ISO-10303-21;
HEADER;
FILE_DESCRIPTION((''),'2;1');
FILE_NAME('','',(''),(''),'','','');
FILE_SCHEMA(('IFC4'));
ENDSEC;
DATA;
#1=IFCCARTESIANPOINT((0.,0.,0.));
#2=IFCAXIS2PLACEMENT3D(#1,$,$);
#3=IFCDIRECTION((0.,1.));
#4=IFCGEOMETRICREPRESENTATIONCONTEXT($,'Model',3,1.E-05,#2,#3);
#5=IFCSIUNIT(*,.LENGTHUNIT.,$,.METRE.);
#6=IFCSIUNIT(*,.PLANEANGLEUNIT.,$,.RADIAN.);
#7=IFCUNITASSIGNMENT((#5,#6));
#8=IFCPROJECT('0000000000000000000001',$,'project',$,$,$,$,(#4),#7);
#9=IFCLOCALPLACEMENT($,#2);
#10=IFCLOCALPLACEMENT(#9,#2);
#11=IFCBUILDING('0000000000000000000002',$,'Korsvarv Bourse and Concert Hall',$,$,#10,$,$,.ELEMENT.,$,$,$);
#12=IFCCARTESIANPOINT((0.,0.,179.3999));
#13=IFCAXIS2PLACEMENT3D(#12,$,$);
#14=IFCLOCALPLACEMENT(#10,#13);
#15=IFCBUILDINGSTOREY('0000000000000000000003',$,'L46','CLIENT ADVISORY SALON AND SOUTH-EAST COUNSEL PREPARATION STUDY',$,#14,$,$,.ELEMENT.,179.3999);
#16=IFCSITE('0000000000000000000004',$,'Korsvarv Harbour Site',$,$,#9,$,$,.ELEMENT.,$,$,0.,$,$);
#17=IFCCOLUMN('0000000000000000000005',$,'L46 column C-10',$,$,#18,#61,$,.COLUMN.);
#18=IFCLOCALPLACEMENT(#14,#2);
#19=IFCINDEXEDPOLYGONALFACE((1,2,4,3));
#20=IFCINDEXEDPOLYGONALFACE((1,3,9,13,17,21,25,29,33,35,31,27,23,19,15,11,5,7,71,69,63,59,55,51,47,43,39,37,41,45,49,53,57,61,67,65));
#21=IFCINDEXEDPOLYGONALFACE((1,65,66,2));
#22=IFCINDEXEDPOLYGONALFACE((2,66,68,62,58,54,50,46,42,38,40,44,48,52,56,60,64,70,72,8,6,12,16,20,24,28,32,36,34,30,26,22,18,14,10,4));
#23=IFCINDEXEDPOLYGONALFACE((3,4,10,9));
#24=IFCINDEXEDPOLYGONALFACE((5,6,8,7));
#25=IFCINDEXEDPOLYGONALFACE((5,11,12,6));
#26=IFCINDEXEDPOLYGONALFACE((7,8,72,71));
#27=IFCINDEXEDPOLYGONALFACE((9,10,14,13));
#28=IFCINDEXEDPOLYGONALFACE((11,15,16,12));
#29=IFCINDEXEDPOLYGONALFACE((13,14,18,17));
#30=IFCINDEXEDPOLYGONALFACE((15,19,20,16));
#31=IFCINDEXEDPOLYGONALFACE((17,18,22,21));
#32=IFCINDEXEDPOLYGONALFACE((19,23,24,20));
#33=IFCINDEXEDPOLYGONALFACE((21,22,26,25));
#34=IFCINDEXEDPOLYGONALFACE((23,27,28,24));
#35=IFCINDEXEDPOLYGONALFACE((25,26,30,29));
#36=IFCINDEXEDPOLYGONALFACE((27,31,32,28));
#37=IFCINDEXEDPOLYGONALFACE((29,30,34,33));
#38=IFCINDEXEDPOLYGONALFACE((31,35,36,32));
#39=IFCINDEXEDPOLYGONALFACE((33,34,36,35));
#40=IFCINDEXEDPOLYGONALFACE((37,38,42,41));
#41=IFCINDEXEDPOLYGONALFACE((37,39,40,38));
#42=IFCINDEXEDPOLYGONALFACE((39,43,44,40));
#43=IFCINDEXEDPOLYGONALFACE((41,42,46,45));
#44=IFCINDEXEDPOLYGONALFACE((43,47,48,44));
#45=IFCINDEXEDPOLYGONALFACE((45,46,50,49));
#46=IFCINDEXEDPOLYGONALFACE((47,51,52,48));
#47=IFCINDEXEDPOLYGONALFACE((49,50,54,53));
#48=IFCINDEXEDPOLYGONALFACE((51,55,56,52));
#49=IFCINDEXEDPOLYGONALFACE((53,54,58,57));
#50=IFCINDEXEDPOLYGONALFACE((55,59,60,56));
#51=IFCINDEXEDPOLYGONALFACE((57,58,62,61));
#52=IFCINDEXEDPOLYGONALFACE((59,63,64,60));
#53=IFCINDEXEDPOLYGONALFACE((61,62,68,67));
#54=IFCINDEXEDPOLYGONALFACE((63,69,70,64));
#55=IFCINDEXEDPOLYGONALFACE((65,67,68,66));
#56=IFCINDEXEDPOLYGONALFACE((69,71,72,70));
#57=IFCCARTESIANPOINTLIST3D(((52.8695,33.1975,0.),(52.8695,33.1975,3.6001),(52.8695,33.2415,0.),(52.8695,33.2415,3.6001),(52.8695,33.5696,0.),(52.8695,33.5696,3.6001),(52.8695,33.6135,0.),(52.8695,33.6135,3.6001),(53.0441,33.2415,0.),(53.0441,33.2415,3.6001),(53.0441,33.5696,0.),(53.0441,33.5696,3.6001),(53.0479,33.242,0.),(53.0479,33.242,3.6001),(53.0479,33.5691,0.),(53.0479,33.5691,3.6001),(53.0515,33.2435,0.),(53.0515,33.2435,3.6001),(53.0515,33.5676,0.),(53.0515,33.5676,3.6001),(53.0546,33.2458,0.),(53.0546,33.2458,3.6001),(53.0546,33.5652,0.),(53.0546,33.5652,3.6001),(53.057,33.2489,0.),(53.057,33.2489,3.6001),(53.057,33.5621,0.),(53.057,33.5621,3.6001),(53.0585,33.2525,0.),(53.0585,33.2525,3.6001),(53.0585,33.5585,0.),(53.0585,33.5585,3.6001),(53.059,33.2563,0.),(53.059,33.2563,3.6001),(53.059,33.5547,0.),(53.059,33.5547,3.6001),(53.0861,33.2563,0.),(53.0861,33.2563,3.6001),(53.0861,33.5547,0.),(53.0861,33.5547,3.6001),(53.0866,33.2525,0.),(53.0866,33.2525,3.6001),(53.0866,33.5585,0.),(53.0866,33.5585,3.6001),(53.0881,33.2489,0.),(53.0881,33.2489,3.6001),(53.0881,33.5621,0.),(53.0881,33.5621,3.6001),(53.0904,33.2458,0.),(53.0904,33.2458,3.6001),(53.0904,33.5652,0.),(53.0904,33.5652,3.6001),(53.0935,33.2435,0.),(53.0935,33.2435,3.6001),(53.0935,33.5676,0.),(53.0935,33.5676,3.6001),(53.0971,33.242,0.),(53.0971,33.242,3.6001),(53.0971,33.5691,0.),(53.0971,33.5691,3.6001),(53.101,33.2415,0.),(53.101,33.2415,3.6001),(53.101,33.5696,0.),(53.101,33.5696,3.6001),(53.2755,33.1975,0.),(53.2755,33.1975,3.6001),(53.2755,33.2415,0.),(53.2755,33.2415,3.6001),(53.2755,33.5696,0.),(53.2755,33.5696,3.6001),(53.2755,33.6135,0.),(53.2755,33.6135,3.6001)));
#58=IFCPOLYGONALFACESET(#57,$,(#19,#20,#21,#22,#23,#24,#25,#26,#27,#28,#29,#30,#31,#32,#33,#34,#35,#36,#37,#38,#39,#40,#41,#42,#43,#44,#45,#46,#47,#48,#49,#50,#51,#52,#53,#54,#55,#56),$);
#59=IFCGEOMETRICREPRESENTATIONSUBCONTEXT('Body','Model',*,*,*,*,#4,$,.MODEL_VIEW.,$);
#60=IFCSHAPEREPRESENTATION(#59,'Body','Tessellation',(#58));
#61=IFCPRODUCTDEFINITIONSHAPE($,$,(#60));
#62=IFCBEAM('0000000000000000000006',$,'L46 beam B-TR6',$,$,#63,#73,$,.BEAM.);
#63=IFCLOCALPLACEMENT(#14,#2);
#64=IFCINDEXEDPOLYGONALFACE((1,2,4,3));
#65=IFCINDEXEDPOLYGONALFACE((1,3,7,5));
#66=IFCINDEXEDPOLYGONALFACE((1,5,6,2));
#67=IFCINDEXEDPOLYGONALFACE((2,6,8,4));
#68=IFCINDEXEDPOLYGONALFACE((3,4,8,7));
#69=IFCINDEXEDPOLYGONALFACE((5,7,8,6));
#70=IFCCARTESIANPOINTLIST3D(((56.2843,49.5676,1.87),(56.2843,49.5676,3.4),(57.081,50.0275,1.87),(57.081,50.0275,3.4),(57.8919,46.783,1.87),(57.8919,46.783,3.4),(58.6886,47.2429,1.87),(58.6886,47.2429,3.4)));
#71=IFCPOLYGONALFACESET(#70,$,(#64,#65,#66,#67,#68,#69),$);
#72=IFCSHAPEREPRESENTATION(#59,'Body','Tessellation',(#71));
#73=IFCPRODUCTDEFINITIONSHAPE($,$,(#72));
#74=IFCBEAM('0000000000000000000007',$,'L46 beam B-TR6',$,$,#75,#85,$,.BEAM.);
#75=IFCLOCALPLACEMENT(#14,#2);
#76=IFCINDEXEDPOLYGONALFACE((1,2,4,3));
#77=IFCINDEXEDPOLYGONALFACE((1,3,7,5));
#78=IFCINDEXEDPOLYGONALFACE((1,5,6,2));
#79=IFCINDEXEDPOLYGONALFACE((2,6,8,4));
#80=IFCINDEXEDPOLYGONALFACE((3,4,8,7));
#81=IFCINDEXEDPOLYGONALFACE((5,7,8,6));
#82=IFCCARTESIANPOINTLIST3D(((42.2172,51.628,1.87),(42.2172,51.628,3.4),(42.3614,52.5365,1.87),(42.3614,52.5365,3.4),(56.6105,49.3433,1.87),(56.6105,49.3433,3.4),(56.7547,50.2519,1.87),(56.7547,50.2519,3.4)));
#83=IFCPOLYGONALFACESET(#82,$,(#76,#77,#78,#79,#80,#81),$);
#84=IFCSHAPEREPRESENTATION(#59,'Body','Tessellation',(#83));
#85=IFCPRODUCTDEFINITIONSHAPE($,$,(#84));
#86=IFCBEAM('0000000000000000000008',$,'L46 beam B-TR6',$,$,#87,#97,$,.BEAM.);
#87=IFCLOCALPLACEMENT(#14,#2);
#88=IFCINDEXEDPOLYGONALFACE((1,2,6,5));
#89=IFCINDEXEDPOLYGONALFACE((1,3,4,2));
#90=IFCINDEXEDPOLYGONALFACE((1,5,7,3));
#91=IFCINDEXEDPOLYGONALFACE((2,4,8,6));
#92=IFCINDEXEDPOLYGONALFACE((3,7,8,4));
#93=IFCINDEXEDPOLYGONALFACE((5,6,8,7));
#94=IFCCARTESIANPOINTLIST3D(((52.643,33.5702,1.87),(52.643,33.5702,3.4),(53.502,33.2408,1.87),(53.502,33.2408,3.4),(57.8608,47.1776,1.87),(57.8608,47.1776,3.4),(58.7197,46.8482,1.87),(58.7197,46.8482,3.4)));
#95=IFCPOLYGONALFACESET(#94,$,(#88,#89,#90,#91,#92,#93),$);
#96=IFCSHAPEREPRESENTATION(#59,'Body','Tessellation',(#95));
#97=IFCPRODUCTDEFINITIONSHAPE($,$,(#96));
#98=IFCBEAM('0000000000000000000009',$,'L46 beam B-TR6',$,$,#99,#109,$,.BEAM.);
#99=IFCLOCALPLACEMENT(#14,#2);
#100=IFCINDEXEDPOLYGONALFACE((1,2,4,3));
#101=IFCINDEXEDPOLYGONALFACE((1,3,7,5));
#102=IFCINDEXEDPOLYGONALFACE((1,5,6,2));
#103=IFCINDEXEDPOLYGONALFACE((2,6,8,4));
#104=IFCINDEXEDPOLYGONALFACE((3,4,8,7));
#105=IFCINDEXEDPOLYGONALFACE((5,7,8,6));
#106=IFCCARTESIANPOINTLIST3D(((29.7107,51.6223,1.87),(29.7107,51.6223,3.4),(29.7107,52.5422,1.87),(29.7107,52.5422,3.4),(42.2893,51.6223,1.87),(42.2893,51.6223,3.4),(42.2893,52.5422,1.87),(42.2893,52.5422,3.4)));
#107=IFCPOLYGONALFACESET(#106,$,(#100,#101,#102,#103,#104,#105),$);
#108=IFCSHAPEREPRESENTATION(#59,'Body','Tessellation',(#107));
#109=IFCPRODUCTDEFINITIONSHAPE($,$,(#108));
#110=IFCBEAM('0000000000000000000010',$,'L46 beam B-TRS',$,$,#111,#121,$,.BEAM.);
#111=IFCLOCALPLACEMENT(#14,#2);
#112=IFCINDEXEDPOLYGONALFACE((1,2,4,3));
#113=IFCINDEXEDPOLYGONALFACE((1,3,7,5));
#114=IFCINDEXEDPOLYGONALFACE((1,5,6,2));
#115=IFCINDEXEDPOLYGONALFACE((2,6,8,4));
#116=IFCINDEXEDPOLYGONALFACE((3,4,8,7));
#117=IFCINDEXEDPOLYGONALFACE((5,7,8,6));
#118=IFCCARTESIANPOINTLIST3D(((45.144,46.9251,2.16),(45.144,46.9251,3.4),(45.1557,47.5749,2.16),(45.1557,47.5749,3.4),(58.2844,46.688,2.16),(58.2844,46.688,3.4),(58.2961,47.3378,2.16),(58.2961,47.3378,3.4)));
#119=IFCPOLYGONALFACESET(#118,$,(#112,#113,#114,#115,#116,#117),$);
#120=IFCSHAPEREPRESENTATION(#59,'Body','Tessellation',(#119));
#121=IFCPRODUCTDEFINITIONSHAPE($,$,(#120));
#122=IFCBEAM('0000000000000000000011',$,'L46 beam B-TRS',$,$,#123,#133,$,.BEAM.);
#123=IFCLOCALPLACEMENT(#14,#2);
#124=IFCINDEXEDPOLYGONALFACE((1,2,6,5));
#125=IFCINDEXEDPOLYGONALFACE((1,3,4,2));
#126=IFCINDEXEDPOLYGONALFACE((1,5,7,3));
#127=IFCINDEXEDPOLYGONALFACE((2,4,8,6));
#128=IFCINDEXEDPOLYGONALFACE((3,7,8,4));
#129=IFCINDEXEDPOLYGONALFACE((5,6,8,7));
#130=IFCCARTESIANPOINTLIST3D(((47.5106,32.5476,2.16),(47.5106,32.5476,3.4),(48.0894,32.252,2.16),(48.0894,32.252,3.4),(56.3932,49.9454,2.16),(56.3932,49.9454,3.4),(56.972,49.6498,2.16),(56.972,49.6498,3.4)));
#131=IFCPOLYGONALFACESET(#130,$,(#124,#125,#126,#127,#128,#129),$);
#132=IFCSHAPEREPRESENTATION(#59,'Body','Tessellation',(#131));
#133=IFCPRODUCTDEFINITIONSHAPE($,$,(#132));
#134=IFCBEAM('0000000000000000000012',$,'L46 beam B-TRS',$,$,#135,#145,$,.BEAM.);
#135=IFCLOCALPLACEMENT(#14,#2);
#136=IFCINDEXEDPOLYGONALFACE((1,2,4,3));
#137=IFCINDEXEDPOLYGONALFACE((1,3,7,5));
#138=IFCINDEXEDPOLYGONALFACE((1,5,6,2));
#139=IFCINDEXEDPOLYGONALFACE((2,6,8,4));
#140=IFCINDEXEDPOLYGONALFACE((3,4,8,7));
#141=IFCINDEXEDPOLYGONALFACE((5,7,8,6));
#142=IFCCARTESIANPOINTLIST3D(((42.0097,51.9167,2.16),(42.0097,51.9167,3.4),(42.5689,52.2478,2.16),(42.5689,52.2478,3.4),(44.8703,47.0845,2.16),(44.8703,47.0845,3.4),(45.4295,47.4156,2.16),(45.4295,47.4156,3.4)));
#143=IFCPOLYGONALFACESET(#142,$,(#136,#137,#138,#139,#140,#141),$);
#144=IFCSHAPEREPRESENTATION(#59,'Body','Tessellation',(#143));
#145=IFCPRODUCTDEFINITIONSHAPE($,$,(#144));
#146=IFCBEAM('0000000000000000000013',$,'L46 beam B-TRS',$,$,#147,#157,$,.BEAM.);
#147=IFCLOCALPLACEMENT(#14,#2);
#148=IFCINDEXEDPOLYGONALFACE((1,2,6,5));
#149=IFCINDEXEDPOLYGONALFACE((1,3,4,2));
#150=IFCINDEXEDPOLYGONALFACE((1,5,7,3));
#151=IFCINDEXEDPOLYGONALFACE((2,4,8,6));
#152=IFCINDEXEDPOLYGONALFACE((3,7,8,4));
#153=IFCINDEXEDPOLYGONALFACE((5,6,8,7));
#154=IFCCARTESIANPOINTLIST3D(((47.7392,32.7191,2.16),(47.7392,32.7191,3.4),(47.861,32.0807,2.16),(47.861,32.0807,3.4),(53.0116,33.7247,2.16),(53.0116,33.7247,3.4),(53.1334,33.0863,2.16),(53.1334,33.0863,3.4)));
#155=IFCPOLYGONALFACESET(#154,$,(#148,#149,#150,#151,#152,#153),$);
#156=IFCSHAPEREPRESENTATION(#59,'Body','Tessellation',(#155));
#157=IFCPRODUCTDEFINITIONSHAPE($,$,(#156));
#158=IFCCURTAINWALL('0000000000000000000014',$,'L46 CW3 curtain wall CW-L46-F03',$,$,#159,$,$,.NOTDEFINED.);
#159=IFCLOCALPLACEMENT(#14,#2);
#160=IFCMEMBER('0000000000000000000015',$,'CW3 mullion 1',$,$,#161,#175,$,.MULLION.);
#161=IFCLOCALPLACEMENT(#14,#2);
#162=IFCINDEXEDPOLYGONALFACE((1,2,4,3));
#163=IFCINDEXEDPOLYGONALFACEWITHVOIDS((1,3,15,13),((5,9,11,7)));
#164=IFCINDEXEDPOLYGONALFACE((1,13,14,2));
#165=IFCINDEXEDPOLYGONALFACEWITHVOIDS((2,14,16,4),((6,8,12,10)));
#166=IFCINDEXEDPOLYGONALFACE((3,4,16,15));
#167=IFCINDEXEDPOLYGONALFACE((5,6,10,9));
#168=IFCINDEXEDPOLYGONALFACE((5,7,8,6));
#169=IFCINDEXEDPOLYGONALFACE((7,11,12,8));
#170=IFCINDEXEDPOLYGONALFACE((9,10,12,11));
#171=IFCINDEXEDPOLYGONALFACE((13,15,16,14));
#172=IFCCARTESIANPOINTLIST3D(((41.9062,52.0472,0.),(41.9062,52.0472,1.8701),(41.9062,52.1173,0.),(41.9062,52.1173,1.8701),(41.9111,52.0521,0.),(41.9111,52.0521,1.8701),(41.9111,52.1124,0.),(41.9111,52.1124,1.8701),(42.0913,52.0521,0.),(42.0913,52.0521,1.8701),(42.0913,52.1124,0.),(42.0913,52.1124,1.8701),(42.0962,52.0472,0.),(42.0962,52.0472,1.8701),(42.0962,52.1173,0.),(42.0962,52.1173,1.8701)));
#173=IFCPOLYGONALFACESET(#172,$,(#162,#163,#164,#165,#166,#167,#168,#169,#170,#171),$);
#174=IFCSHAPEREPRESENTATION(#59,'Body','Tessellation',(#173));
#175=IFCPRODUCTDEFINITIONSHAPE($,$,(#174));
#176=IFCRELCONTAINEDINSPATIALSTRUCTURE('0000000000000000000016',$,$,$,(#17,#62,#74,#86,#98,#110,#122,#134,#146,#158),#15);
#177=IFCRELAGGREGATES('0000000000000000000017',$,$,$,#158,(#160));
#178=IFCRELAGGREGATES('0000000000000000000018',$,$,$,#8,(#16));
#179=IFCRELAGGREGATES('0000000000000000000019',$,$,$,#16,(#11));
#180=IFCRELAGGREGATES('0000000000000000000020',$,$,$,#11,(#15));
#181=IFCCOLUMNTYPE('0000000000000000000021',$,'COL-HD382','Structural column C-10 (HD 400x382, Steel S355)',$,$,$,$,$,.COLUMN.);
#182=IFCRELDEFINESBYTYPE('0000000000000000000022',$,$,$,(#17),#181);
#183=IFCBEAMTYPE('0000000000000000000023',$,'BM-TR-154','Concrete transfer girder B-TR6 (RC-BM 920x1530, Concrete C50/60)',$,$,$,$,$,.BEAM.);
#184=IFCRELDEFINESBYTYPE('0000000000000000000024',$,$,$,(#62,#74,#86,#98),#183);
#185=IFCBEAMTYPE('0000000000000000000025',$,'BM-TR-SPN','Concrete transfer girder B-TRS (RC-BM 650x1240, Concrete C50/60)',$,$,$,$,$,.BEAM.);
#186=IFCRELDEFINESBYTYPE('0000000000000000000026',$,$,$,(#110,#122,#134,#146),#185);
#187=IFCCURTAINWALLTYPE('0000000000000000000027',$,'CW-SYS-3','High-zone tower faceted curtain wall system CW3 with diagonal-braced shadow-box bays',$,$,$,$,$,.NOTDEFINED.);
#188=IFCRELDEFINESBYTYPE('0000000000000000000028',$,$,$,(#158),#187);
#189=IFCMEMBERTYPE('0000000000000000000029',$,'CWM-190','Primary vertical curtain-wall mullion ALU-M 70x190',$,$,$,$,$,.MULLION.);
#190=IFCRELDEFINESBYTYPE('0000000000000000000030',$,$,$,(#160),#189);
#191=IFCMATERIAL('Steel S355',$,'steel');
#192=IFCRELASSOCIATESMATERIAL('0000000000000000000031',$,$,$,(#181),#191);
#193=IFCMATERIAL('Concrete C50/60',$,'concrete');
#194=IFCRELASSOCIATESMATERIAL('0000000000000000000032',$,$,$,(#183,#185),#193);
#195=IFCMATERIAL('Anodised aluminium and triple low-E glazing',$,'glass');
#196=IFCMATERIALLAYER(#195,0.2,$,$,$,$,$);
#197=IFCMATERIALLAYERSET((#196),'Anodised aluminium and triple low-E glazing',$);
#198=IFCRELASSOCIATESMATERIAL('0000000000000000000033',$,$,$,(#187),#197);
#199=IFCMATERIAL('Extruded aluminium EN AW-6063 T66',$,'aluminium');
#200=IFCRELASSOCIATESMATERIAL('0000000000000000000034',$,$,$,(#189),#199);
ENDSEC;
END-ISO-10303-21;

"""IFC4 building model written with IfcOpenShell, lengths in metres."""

from ifc_helpers import new_model, si_unit, direction, frame, origin, origin_2d, place, context, subcontext, project, spatial, rectangle, hollow_rectangle, i_section, extrude, source, transform, mapped, material, layer, layer_set, material_profile, profile_set, type_object, element, aggregate, save


model = new_model("IFC4")

# Units and contexts
model_context = context("Model", 3, precision=1e-05, world=origin(), true_north=direction((0.0, 1.0)))
body_context = subcontext(model_context, "Body", "Model", "MODEL_VIEW")
ifc_project = project(units=[si_unit("LENGTHUNIT", "METRE"), si_unit("PLANEANGLEUNIT", "RADIAN")], contexts=[model_context])

# Site, building, storey
site_placement = place(None, origin())
site = spatial("IfcSite", under=ifc_project, at=site_placement, Name="Korsvarv Harbour Site", CompositionType="ELEMENT", RefElevation=0.0)
building_placement = place(site_placement, origin())
building = spatial("IfcBuilding", under=site, at=building_placement, Name="Korsvarv Bourse and Concert Hall", CompositionType="ELEMENT")
storey_placement = place(building_placement, frame((0.0, 0.0, 179.3999)))
storey = spatial("IfcBuildingStorey", under=building, at=storey_placement, Name="L46", Description="CLIENT ADVISORY SALON AND SOUTH-EAST COUNSEL PREPARATION STUDY", CompositionType="ELEMENT", Elevation=179.3999)

# Column
ifc_material_1 = material(Name="Steel S355", Category="steel")
ifc_material_profile_1 = material_profile(ifc_material_1, i_section(OverallWidth=0.406, OverallDepth=0.416, WebThickness=0.0271, FlangeThickness=0.0439, FilletRadius=0.0149, at=origin_2d()), Name="HD 400x382")
ifc_profile_set_1 = profile_set([ifc_material_profile_1], Name="Steel S355")
column_type_1 = type_object("IfcColumnType", Name="COL-HD382", Description="Structural column C-10 (HD 400x382, Steel S355)", PredefinedType="COLUMN", material=ifc_profile_set_1)
shared_shape_1 = source(origin(), body_context, "Body", "SweptSolid", [
    extrude(i_section(OverallWidth=0.406, OverallDepth=0.416, WebThickness=0.0271, FlangeThickness=0.0439, FilletRadius=0.0149, at=origin_2d()), origin(), (0.0, 0.0, 1.0), 3.6001),
])
for number, where, z_axis, x_axis, name in (
    (1, (53.0725, 33.4055, 0.0), (0.0, 0.0, 1.0), (1.0, 0.0, 0.0), "L46 column C-10"),
):
    element("IfcColumn", number, at=place(storey_placement, frame(where, z_axis=z_axis, x_axis=x_axis)), inside=storey, type_object=column_type_1, Name=name, PredefinedType="COLUMN", context=body_context, shape_type="MappedRepresentation", body=[
        mapped(shared_shape_1, transform((0.0, 0.0, 0.0), scale=1.0)),
    ])

# Beams
ifc_material_2 = material(Name="Concrete C50/60", Category="concrete")
ifc_material_profile_2 = material_profile(ifc_material_2, rectangle(XDim=0.9199, YDim=1.53, at=origin_2d()), Name="RC-BM 920x1530")
ifc_profile_set_2 = profile_set([ifc_material_profile_2], Name="Concrete C50/60")
beam_type_1 = type_object("IfcBeamType", Name="BM-TR-154", Description="Concrete transfer girder B-TR6 (RC-BM 920x1530, Concrete C50/60)", PredefinedType="BEAM", material=ifc_profile_set_2)
shared_shape_2 = source(origin(), body_context, "Body", "SweptSolid", [
    extrude(rectangle(XDim=0.9199, YDim=1.53, at=origin_2d()), origin(), (0.0, 0.0, 1.0), 3.2153),
])
beam_1_placement = place(storey_placement, frame((58.2903, 47.0129, 2.635), z_axis=(-0.499985, 0.866034, 0.0), x_axis=(-0.866034, -0.499985, 0.0)))
element("IfcBeam", 2, at=beam_1_placement, inside=storey, type_object=beam_type_1, Name="L46 beam B-TR6", PredefinedType="BEAM", context=body_context, shape_type="MappedRepresentation", body=[
    mapped(shared_shape_2, transform((0.0, 0.0, 0.0), scale=1.0)),
])
shared_shape_3 = source(origin(), body_context, "Body", "SweptSolid", [
    extrude(rectangle(XDim=0.9199, YDim=1.53, at=origin_2d()), origin(), (0.0, 0.0, 1.0), 14.5735),
])
for number, where, z_axis, x_axis, name in (
    (3, (56.6826, 49.7976, 2.635), (-0.987635, 0.156769, 0.0), (-0.156769, -0.987635, 0.0), "L46 beam B-TR6"),
    (4, (53.0725, 33.4055, 2.635), (0.358031, 0.93371, 0.0), (-0.93371, 0.358031, 0.0), "L46 beam B-TR6"),
):
    element("IfcBeam", number, at=place(storey_placement, frame(where, z_axis=z_axis, x_axis=x_axis)), inside=storey, type_object=beam_type_1, Name=name, PredefinedType="BEAM", context=body_context, shape_type="MappedRepresentation", body=[
        mapped(shared_shape_3, transform((0.0, 0.0, 0.0), scale=1.0)),
    ])
shared_shape_4 = source(origin(), body_context, "Body", "SweptSolid", [
    extrude(rectangle(XDim=0.9199, YDim=1.53, at=origin_2d()), origin(), (0.0, 0.0, 1.0), 12.5786),
])
beam_2_placement = place(storey_placement, frame((42.2893, 52.0823, 2.635), z_axis=(-1.0, 0.0, 0.0), x_axis=(0.0, -1.0, 0.0)))
element("IfcBeam", 5, at=beam_2_placement, inside=storey, type_object=beam_type_1, Name="L46 beam B-TR6", PredefinedType="BEAM", context=body_context, shape_type="MappedRepresentation", body=[
    mapped(shared_shape_4, transform((0.0, 0.0, 0.0), scale=1.0)),
])
ifc_material_profile_3 = material_profile(ifc_material_2, rectangle(XDim=0.6499, YDim=1.24, at=origin_2d()), Name="RC-BM 650x1240")
ifc_profile_set_3 = profile_set([ifc_material_profile_3], Name="Concrete C50/60")
beam_type_2 = type_object("IfcBeamType", Name="BM-TR-SPN", Description="Concrete transfer girder B-TRS (RC-BM 650x1240, Concrete C50/60)", PredefinedType="BEAM", material=ifc_profile_set_3)
shared_shape_5 = source(origin(), body_context, "Body", "SweptSolid", [
    extrude(rectangle(XDim=0.6499, YDim=1.24, at=origin_2d()), origin(), (0.0, 0.0, 1.0), 13.1426),
])
beam_3_placement = place(storey_placement, frame((58.2903, 47.0129, 2.78), z_axis=(-0.999837, 0.018038, 0.0), x_axis=(-0.018038, -0.999837, 0.0)))
element("IfcBeam", 6, at=beam_3_placement, inside=storey, type_object=beam_type_2, Name="L46 beam B-TRS", PredefinedType="BEAM", context=body_context, shape_type="MappedRepresentation", body=[
    mapped(shared_shape_5, transform((0.0, 0.0, 0.0), scale=1.0)),
])
shared_shape_6 = source(origin(), body_context, "Body", "SweptSolid", [
    extrude(rectangle(XDim=0.6499, YDim=1.24, at=origin_2d()), origin(), (0.0, 0.0, 1.0), 19.5342),
])
beam_4_placement = place(storey_placement, frame((56.6826, 49.7976, 2.78), z_axis=(-0.454722, -0.890634, 0.0), x_axis=(0.890634, -0.454722, 0.0)))
element("IfcBeam", 7, at=beam_4_placement, inside=storey, type_object=beam_type_2, Name="L46 beam B-TRS", PredefinedType="BEAM", context=body_context, shape_type="MappedRepresentation", body=[
    mapped(shared_shape_6, transform((0.0, 0.0, 0.0), scale=1.0)),
])
shared_shape_7 = source(origin(), body_context, "Body", "SweptSolid", [
    extrude(rectangle(XDim=0.6499, YDim=1.24, at=origin_2d()), origin(), (0.0, 0.0, 1.0), 5.6155),
])
beam_5_placement = place(storey_placement, frame((42.2893, 52.0823, 2.78), z_axis=(0.50941, -0.860524, 0.0), x_axis=(0.860524, 0.50941, 0.0)))
element("IfcBeam", 8, at=beam_5_placement, inside=storey, type_object=beam_type_2, Name="L46 beam B-TRS", PredefinedType="BEAM", context=body_context, shape_type="MappedRepresentation", body=[
    mapped(shared_shape_7, transform((0.0, 0.0, 0.0), scale=1.0)),
])
shared_shape_8 = source(origin(), body_context, "Body", "SweptSolid", [
    extrude(rectangle(XDim=0.6499, YDim=1.24, at=origin_2d()), origin(), (0.0, 0.0, 1.0), 5.3674),
])
beam_6_placement = place(storey_placement, frame((53.0725, 33.4055, 2.78), z_axis=(-0.982293, -0.187352, 0.0), x_axis=(0.187352, -0.982293, 0.0)))
element("IfcBeam", 9, at=beam_6_placement, inside=storey, type_object=beam_type_2, Name="L46 beam B-TRS", PredefinedType="BEAM", context=body_context, shape_type="MappedRepresentation", body=[
    mapped(shared_shape_8, transform((0.0, 0.0, 0.0), scale=1.0)),
])

# Curtain wall, member
ifc_material_3 = material(Name="Anodised aluminium and triple low-E glazing", Category="glass")
ifc_layer_1 = layer(ifc_material_3, 0.2)
ifc_layer_set_1 = layer_set([ifc_layer_1], Name="Anodised aluminium and triple low-E glazing")
curtain_wall_type = type_object("IfcCurtainWallType", Name="CW-SYS-3", Description="High-zone tower faceted curtain wall system CW3 with diagonal-braced shadow-box bays", PredefinedType="NOTDEFINED", material=ifc_layer_set_1)
curtain_wall_1_placement = place(storey_placement, origin())
curtain_wall_1 = element("IfcCurtainWall", 10, at=curtain_wall_1_placement, inside=storey, type_object=curtain_wall_type, Name="L46 CW3 curtain wall CW-L46-F03", PredefinedType="NOTDEFINED")
ifc_material_4 = material(Name="Extruded aluminium EN AW-6063 T66", Category="aluminium")
ifc_material_profile_4 = material_profile(ifc_material_4, hollow_rectangle(XDim=0.0701, YDim=0.1899, WallThickness=0.0049, at=origin_2d()), Name="ALU-M 70x190")
ifc_profile_set_4 = profile_set([ifc_material_profile_4], Name="Extruded aluminium EN AW-6063 T66")
member_type_1 = type_object("IfcMemberType", Name="CWM-190", Description="Primary vertical curtain-wall mullion ALU-M 70x190", PredefinedType="MULLION", material=ifc_profile_set_4)
shared_shape_9 = source(origin(), body_context, "Body", "SweptSolid", [
    extrude(hollow_rectangle(XDim=0.0701, YDim=0.1899, WallThickness=0.0049, at=origin_2d()), origin(), (0.0, 0.0, 1.0), 1.8701),
])
member_1_placement = place(storey_placement, frame((42.0012, 52.0823, 0.0), z_axis=(0.0, 0.0, 1.0), x_axis=(0.0, -1.0, 0.0)))
member_1 = element("IfcMember", 11, at=member_1_placement, type_object=member_type_1, Name="CW3 mullion 1", PredefinedType="MULLION", context=body_context, shape_type="MappedRepresentation", body=[
    mapped(shared_shape_9, transform((0.0, 0.0, 0.0), scale=1.0)),
])

aggregate(curtain_wall_1, [member_1])

save(model, "model.ifc")
